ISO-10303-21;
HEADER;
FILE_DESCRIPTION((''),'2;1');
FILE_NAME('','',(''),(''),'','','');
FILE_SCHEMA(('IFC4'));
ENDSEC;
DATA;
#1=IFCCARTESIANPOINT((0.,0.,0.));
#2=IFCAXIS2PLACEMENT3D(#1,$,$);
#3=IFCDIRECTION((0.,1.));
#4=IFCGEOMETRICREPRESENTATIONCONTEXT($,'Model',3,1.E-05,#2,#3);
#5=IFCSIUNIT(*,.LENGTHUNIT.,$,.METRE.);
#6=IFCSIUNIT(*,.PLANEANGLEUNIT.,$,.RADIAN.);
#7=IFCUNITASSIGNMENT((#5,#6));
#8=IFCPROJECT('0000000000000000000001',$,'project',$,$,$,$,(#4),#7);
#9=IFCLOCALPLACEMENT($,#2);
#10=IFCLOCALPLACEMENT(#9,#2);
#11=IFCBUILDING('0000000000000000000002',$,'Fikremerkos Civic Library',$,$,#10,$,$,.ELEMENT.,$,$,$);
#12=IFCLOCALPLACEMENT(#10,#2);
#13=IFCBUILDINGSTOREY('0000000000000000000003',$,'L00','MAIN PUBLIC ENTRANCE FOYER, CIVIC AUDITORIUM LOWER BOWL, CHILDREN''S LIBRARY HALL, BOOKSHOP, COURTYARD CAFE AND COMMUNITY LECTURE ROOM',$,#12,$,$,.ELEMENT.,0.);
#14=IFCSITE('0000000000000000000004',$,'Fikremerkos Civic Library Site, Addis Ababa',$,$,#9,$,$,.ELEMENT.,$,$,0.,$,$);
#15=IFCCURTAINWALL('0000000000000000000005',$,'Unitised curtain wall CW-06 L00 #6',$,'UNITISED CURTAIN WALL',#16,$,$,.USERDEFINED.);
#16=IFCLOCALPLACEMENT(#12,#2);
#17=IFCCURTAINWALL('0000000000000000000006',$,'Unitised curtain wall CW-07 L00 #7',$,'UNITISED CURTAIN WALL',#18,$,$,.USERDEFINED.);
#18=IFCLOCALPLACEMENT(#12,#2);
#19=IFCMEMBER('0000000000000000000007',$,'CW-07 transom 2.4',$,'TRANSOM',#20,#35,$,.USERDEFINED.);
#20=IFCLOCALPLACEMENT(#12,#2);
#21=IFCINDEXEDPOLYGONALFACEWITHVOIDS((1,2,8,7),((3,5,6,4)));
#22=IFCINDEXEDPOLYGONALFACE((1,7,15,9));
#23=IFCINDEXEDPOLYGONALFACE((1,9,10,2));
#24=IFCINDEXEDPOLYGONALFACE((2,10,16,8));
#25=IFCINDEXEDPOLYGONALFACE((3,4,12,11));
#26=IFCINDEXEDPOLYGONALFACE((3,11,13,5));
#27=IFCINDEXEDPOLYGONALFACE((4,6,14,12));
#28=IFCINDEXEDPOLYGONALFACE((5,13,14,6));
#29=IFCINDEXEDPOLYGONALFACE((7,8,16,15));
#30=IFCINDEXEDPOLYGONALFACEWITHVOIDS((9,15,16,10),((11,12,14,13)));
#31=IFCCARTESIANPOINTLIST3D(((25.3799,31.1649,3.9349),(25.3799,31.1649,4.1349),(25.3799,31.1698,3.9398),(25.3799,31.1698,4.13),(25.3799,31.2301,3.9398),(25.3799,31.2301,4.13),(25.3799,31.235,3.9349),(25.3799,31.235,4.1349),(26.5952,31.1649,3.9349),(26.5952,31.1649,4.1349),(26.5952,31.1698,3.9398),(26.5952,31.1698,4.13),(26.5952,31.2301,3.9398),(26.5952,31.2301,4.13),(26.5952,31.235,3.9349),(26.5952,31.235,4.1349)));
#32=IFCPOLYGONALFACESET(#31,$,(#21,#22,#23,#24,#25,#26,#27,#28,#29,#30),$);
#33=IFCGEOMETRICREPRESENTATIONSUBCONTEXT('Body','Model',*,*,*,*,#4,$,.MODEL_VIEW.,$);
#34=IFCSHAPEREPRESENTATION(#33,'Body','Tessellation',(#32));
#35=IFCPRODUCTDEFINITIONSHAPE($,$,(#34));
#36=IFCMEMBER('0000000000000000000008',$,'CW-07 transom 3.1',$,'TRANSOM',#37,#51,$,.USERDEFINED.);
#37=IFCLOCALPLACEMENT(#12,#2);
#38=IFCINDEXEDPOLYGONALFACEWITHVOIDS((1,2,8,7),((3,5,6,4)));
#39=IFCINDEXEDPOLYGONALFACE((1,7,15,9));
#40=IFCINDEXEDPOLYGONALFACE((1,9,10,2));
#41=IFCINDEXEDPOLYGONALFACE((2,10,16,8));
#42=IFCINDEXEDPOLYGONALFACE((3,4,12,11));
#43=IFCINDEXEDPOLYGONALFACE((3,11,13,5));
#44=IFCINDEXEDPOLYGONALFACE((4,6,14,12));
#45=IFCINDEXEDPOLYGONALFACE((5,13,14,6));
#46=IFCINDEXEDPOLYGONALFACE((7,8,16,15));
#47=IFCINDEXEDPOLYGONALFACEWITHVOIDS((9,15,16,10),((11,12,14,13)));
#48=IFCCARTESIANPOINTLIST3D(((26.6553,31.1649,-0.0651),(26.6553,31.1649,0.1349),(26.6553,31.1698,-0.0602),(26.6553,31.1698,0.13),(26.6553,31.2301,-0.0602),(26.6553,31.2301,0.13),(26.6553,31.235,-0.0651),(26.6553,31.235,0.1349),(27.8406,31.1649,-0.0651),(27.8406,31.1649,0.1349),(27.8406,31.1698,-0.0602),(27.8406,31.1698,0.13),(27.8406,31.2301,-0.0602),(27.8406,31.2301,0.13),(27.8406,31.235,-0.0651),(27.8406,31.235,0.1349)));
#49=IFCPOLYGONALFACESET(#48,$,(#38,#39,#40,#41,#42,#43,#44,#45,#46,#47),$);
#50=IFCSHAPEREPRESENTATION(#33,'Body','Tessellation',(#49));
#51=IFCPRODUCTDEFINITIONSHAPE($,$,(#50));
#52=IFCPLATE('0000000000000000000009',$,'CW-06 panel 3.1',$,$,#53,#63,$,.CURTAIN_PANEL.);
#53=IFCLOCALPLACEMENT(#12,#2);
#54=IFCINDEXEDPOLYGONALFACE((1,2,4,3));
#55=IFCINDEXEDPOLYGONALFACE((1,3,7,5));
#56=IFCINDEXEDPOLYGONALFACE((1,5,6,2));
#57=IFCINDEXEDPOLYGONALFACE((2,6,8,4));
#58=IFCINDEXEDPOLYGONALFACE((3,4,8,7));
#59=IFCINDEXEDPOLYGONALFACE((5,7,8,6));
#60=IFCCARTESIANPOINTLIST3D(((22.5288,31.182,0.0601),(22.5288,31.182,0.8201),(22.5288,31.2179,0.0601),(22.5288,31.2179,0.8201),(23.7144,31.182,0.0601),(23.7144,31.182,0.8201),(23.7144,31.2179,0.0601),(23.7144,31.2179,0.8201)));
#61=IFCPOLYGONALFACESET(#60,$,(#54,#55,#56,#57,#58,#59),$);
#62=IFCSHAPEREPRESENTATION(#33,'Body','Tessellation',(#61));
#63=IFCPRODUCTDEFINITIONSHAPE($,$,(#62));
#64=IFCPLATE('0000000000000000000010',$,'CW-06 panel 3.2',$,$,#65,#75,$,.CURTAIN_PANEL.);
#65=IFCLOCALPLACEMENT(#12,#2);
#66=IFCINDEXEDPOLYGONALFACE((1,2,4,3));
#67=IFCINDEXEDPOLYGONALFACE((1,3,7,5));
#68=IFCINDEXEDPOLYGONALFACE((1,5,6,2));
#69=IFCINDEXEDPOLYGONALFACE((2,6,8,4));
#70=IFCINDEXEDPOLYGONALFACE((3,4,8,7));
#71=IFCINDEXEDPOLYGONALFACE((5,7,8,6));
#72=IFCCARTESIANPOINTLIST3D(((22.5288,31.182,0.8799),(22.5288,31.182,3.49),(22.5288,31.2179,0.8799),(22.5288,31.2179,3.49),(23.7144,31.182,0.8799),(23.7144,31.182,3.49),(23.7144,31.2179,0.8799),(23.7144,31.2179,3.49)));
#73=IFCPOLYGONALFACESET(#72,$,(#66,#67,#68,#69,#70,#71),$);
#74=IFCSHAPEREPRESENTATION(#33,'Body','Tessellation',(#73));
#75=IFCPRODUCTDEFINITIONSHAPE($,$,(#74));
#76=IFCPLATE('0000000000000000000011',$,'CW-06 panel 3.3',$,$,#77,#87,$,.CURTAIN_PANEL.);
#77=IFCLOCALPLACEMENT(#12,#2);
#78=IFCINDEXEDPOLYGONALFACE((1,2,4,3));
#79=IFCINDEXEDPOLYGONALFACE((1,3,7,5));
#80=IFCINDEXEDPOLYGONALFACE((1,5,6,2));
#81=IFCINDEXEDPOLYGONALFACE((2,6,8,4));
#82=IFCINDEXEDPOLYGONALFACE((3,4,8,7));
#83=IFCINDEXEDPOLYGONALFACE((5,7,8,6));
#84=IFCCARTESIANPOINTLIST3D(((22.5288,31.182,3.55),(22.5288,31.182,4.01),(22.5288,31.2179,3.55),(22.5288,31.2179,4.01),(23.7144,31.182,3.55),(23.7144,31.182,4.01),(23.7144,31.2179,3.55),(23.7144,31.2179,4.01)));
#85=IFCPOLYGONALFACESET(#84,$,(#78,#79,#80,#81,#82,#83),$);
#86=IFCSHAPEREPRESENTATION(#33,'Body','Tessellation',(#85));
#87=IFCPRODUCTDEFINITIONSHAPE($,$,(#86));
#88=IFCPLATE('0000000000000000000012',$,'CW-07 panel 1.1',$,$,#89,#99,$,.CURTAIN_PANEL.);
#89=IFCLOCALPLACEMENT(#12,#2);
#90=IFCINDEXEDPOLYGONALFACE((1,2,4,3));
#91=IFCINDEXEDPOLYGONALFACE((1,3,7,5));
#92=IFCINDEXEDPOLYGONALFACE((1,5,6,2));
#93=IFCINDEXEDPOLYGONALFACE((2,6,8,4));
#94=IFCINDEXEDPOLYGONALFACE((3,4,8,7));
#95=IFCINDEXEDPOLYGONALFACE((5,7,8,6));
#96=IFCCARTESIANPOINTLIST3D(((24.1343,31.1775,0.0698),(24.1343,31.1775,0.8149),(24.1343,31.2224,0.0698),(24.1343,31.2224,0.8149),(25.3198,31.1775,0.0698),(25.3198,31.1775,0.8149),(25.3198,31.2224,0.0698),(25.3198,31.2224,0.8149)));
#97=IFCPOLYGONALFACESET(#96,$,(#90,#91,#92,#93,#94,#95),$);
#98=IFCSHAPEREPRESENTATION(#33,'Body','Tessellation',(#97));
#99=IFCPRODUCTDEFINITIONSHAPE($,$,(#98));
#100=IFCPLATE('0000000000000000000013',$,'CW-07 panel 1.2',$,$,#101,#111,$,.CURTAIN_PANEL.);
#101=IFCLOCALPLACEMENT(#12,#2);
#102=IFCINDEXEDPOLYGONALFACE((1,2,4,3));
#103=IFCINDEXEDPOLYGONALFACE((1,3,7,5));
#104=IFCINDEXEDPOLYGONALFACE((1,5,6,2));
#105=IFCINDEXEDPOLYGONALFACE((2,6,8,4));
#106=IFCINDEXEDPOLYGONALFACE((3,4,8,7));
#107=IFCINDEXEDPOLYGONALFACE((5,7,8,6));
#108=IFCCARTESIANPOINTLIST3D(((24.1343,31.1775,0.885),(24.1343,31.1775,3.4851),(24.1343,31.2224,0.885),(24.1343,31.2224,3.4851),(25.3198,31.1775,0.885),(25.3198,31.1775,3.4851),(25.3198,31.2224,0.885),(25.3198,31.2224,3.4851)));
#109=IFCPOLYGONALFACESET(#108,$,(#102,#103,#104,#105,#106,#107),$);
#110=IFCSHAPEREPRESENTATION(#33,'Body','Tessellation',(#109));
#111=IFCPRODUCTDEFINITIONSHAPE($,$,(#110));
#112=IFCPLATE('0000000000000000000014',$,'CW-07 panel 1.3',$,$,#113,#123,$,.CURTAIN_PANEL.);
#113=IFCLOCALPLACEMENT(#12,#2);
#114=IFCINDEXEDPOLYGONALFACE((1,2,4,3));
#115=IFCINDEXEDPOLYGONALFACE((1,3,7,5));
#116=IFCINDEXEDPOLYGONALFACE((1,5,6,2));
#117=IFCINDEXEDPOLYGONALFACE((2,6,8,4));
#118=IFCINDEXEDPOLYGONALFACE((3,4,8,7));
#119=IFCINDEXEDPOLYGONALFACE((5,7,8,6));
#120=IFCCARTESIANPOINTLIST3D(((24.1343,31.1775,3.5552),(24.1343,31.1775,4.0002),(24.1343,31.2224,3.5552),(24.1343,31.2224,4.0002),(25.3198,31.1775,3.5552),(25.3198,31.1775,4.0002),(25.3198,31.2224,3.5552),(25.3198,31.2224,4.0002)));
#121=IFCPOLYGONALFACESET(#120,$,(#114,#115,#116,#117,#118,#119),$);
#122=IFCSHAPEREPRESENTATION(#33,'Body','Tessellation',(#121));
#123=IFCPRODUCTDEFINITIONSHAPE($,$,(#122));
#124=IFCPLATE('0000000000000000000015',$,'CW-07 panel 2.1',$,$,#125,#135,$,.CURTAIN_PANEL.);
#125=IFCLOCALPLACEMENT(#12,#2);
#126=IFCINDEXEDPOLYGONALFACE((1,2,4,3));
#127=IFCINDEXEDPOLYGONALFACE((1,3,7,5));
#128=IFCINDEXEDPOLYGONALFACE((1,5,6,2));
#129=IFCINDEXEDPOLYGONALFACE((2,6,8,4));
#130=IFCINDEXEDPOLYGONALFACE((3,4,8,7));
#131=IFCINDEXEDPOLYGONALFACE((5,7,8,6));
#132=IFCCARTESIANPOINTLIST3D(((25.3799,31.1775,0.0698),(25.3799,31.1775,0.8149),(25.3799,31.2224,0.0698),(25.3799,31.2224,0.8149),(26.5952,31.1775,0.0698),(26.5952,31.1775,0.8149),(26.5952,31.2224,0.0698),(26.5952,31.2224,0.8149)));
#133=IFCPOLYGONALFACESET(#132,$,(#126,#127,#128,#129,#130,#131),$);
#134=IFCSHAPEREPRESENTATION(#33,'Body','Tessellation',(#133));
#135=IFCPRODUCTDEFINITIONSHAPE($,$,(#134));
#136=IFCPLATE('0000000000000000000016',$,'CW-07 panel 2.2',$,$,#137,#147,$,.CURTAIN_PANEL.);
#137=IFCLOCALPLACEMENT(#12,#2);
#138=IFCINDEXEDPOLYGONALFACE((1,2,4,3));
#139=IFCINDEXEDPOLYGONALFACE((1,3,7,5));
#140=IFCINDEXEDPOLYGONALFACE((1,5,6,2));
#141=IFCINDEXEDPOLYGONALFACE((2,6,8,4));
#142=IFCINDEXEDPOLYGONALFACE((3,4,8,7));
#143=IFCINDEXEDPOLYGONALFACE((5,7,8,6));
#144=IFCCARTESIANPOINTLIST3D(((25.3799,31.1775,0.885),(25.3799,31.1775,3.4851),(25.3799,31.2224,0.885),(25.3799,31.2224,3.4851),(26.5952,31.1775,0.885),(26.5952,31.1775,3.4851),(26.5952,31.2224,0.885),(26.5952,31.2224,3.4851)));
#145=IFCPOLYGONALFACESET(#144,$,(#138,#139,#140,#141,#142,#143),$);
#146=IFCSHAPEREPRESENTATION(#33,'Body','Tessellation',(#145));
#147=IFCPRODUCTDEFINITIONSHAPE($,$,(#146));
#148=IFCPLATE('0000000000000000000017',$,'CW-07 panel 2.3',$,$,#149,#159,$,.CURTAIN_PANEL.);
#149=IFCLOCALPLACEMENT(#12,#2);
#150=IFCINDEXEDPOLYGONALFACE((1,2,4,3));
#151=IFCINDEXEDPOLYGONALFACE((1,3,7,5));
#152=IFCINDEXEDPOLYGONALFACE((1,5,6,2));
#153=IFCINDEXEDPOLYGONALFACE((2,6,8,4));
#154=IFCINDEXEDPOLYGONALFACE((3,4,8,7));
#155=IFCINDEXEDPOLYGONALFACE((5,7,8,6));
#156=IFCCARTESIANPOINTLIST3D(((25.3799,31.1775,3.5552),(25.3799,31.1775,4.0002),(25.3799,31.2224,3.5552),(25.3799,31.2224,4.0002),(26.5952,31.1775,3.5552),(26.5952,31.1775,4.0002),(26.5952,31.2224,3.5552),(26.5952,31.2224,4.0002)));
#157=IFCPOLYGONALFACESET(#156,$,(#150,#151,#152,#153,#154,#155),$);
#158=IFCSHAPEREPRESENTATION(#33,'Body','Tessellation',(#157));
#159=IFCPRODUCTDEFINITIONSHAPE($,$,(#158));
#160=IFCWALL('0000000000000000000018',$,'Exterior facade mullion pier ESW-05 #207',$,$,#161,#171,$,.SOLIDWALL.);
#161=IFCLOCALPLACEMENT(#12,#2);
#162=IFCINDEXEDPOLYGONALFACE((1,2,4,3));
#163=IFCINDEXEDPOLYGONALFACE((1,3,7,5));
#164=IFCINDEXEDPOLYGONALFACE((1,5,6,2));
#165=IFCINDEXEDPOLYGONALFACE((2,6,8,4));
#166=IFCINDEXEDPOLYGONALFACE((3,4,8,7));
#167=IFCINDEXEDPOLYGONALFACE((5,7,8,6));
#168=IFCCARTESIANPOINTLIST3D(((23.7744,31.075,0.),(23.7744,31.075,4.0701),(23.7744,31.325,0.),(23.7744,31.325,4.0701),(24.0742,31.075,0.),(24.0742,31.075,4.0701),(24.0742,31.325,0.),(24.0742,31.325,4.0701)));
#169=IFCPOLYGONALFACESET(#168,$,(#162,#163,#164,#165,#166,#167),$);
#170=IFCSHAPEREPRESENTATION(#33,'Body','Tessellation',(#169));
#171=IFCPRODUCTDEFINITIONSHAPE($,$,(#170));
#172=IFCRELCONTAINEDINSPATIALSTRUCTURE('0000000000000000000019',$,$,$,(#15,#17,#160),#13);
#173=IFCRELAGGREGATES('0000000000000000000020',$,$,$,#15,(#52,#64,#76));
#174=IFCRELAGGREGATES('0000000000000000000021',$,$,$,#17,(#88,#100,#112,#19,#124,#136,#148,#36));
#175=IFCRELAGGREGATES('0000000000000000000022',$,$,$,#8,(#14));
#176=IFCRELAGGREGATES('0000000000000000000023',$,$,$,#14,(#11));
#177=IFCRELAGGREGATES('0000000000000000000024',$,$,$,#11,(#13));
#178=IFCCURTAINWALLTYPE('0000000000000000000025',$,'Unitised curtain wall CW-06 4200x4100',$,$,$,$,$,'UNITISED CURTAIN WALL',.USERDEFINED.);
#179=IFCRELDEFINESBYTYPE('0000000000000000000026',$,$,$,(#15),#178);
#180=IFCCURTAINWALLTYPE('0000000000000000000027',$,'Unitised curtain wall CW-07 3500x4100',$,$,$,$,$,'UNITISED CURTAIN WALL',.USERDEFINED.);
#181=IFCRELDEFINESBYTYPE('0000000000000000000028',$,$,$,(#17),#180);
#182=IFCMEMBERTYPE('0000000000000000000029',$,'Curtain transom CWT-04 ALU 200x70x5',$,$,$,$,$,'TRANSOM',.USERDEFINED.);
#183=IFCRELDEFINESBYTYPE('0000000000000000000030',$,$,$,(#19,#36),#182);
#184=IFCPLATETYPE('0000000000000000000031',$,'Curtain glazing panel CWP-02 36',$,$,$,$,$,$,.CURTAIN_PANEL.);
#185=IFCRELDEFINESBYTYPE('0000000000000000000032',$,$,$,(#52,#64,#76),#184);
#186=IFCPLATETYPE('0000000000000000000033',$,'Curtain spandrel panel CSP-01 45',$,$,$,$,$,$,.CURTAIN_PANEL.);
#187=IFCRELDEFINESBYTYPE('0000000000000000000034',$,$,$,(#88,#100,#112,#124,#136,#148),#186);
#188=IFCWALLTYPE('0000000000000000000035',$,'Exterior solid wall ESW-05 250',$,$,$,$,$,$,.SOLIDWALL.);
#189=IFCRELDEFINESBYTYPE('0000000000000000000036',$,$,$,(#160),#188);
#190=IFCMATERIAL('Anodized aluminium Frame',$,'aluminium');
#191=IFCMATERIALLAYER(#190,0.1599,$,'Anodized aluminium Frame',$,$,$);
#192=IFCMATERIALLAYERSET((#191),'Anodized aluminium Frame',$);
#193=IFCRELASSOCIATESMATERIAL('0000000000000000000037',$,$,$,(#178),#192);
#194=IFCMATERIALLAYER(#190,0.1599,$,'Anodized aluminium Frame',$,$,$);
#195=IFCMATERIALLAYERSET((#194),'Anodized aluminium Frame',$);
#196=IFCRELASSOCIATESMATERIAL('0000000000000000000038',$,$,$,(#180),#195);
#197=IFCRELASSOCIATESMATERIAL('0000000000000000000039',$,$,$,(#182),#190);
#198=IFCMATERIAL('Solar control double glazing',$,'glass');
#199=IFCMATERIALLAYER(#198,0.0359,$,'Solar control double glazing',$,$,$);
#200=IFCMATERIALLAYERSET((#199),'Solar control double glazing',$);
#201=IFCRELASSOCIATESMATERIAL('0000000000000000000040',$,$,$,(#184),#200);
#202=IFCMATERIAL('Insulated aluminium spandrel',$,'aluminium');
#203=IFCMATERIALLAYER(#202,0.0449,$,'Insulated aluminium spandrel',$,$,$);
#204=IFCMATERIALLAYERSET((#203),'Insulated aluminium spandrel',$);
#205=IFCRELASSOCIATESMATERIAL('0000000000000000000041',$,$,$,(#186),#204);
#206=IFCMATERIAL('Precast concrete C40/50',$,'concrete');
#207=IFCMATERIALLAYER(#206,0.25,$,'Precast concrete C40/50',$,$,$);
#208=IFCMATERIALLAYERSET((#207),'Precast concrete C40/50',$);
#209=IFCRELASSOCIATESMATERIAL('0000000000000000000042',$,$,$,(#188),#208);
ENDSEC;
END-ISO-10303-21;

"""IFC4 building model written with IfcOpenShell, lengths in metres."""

from ifc_helpers import new_model, si_unit, direction, frame, frame_2d, origin, origin_2d, place, context, subcontext, project, spatial, rectangle, hollow_rectangle, extrude, material, layer, layer_set, material_profile, profile_set, type_object, element, aggregate, save


model = new_model("IFC4")

# Units and contexts
model_context = context("Model", 3, precision=1e-05, world=origin(), true_north=direction((0.0, 1.0)))
body_context = subcontext(model_context, "Body", "Model", "MODEL_VIEW")
ifc_project = project(units=[si_unit("LENGTHUNIT", "METRE"), si_unit("PLANEANGLEUNIT", "RADIAN")], contexts=[model_context])

# Site, building, storey
site_placement = place(None, origin())
site = spatial("IfcSite", under=ifc_project, at=site_placement, Name="Fikremerkos Civic Library Site, Addis Ababa", CompositionType="ELEMENT", RefElevation=0.0)
building_placement = place(site_placement, origin())
building = spatial("IfcBuilding", under=site, at=building_placement, Name="Fikremerkos Civic Library", CompositionType="ELEMENT")
storey_placement = place(building_placement, origin())
storey = spatial("IfcBuildingStorey", under=building, at=storey_placement, Name="L00", Description="MAIN PUBLIC ENTRANCE FOYER, CIVIC AUDITORIUM LOWER BOWL, CHILDREN'S LIBRARY HALL, BOOKSHOP, COURTYARD CAFE AND COMMUNITY LECTURE ROOM", CompositionType="ELEMENT", Elevation=0.0)

# Curtain wall
ifc_material_1 = material(Name="Anodized aluminium Frame", Category="aluminium")
ifc_layer_1 = layer(ifc_material_1, 0.1599, Name="Anodized aluminium Frame")
ifc_layer_set_1 = layer_set([ifc_layer_1], Name="Anodized aluminium Frame")
curtain_wall_type_1 = type_object("IfcCurtainWallType", Name="Unitised curtain wall CW-06 4200x4100", ElementType="UNITISED CURTAIN WALL", PredefinedType="USERDEFINED", material=ifc_layer_set_1)
curtain_wall_1_placement = place(storey_placement, origin())
curtain_wall_1 = element("IfcCurtainWall", 1, at=curtain_wall_1_placement, inside=storey, type_object=curtain_wall_type_1, Name="Unitised curtain wall CW-06 L00 #6", ObjectType="UNITISED CURTAIN WALL", PredefinedType="USERDEFINED")

# Curtain wall, members
ifc_layer_2 = layer(ifc_material_1, 0.1599, Name="Anodized aluminium Frame")
ifc_layer_set_2 = layer_set([ifc_layer_2], Name="Anodized aluminium Frame")
curtain_wall_type_2 = type_object("IfcCurtainWallType", Name="Unitised curtain wall CW-07 3500x4100", ElementType="UNITISED CURTAIN WALL", PredefinedType="USERDEFINED", material=ifc_layer_set_2)
curtain_wall_2_placement = place(storey_placement, origin())
curtain_wall_2 = element("IfcCurtainWall", 2, at=curtain_wall_2_placement, inside=storey, type_object=curtain_wall_type_2, Name="Unitised curtain wall CW-07 L00 #7", ObjectType="UNITISED CURTAIN WALL", PredefinedType="USERDEFINED")
ifc_material_profile_1 = material_profile(ifc_material_1, hollow_rectangle(XDim=0.0701, YDim=0.2, WallThickness=0.0049, at=origin_2d()), Name="ALU 200x70x5")
ifc_profile_set_1 = profile_set([ifc_material_profile_1], Name="Anodized aluminium Frame")
member_type_1 = type_object("IfcMemberType", Name="Curtain transom CWT-04 ALU 200x70x5", ElementType="TRANSOM", PredefinedType="USERDEFINED", material=ifc_profile_set_1)
member_1_placement = place(storey_placement, frame((25.3799, 31.2, 4.0349), z_axis=(1.0, 0.0, 0.0), x_axis=(0.0, 1.0, 0.0)))
member_1 = element("IfcMember", 3, at=member_1_placement, type_object=member_type_1, Name="CW-07 transom 2.4", ObjectType="TRANSOM", PredefinedType="USERDEFINED", context=body_context, shape_type="SweptSolid", body=[
    extrude(hollow_rectangle(XDim=0.0701, YDim=0.2, WallThickness=0.0049, at=origin_2d()), origin(), (0.0, 0.0, 1.0), 1.2153),
])
member_2_placement = place(storey_placement, frame((26.6553, 31.2, 0.0349), z_axis=(1.0, 0.0, 0.0), x_axis=(0.0, 1.0, 0.0)))
member_2 = element("IfcMember", 4, at=member_2_placement, type_object=member_type_1, Name="CW-07 transom 3.1", ObjectType="TRANSOM", PredefinedType="USERDEFINED", context=body_context, shape_type="SweptSolid", body=[
    extrude(hollow_rectangle(XDim=0.0701, YDim=0.2, WallThickness=0.0049, at=origin_2d()), origin(), (0.0, 0.0, 1.0), 1.1853),
])

# Plates
ifc_material_2 = material(Name="Solar control double glazing", Category="glass")
ifc_layer_3 = layer(ifc_material_2, 0.0359, Name="Solar control double glazing")
ifc_layer_set_3 = layer_set([ifc_layer_3], Name="Solar control double glazing")
plate_type_1 = type_object("IfcPlateType", Name="Curtain glazing panel CWP-02 36", PredefinedType="CURTAIN_PANEL", material=ifc_layer_set_3)
plate_1_placement = place(storey_placement, frame((23.1216, 31.2, 0.0601), z_axis=(0.0, 0.0, 1.0), x_axis=(1.0, 0.0, 0.0)))
plate_1 = element("IfcPlate", 5, at=plate_1_placement, type_object=plate_type_1, Name="CW-06 panel 3.1", PredefinedType="CURTAIN_PANEL", context=body_context, shape_type="SweptSolid", body=[
    extrude(rectangle(XDim=1.1855, YDim=0.0359, at=origin_2d()), origin(), (0.0, 0.0, 1.0), 0.76),
])
plate_2_placement = place(storey_placement, frame((23.1216, 31.2, 0.8799), z_axis=(0.0, 0.0, 1.0), x_axis=(1.0, 0.0, 0.0)))
plate_2 = element("IfcPlate", 6, at=plate_2_placement, type_object=plate_type_1, Name="CW-06 panel 3.2", PredefinedType="CURTAIN_PANEL", context=body_context, shape_type="SweptSolid", body=[
    extrude(rectangle(XDim=1.1855, YDim=0.0359, at=origin_2d()), origin(), (0.0, 0.0, 1.0), 2.6101),
])
plate_3_placement = place(storey_placement, frame((23.1216, 31.2, 3.55), z_axis=(0.0, 0.0, 1.0), x_axis=(1.0, 0.0, 0.0)))
plate_3 = element("IfcPlate", 7, at=plate_3_placement, type_object=plate_type_1, Name="CW-06 panel 3.3", PredefinedType="CURTAIN_PANEL", context=body_context, shape_type="SweptSolid", body=[
    extrude(rectangle(XDim=1.1855, YDim=0.0359, at=origin_2d()), origin(), (0.0, 0.0, 1.0), 0.46),
])
aggregate(curtain_wall_1, [plate_1, plate_2, plate_3])
ifc_material_3 = material(Name="Insulated aluminium spandrel", Category="aluminium")
ifc_layer_4 = layer(ifc_material_3, 0.0449, Name="Insulated aluminium spandrel")
ifc_layer_set_4 = layer_set([ifc_layer_4], Name="Insulated aluminium spandrel")
plate_type_2 = type_object("IfcPlateType", Name="Curtain spandrel panel CSP-01 45", PredefinedType="CURTAIN_PANEL", material=ifc_layer_set_4)
plate_4_placement = place(storey_placement, frame((24.7271, 31.2, 0.0698), z_axis=(0.0, 0.0, 1.0), x_axis=(1.0, 0.0, 0.0)))
plate_4 = element("IfcPlate", 8, at=plate_4_placement, type_object=plate_type_2, Name="CW-07 panel 1.1", PredefinedType="CURTAIN_PANEL", context=body_context, shape_type="SweptSolid", body=[
    extrude(rectangle(XDim=1.1855, YDim=0.0449, at=origin_2d()), origin(), (0.0, 0.0, 1.0), 0.7451),
])
plate_5_placement = place(storey_placement, frame((24.7271, 31.2, 0.885), z_axis=(0.0, 0.0, 1.0), x_axis=(1.0, 0.0, 0.0)))
plate_5 = element("IfcPlate", 9, at=plate_5_placement, type_object=plate_type_2, Name="CW-07 panel 1.2", PredefinedType="CURTAIN_PANEL", context=body_context, shape_type="SweptSolid", body=[
    extrude(rectangle(XDim=1.1855, YDim=0.0449, at=origin_2d()), origin(), (0.0, 0.0, 1.0), 2.6001),
])
plate_6_placement = place(storey_placement, frame((24.7271, 31.2, 3.5552), z_axis=(0.0, 0.0, 1.0), x_axis=(1.0, 0.0, 0.0)))
plate_6 = element("IfcPlate", 10, at=plate_6_placement, type_object=plate_type_2, Name="CW-07 panel 1.3", PredefinedType="CURTAIN_PANEL", context=body_context, shape_type="SweptSolid", body=[
    extrude(rectangle(XDim=1.1855, YDim=0.0449, at=origin_2d()), origin(), (0.0, 0.0, 1.0), 0.4451),
])
plate_7_placement = place(storey_placement, frame((25.9875, 31.2, 0.0698), z_axis=(0.0, 0.0, 1.0), x_axis=(1.0, 0.0, 0.0)))
plate_7 = element("IfcPlate", 11, at=plate_7_placement, type_object=plate_type_2, Name="CW-07 panel 2.1", PredefinedType="CURTAIN_PANEL", context=body_context, shape_type="SweptSolid", body=[
    extrude(rectangle(XDim=1.2153, YDim=0.0449, at=origin_2d()), origin(), (0.0, 0.0, 1.0), 0.7451),
])
plate_8_placement = place(storey_placement, frame((25.9875, 31.2, 0.885), z_axis=(0.0, 0.0, 1.0), x_axis=(1.0, 0.0, 0.0)))
plate_8 = element("IfcPlate", 12, at=plate_8_placement, type_object=plate_type_2, Name="CW-07 panel 2.2", PredefinedType="CURTAIN_PANEL", context=body_context, shape_type="SweptSolid", body=[
    extrude(rectangle(XDim=1.2153, YDim=0.0449, at=origin_2d()), origin(), (0.0, 0.0, 1.0), 2.6001),
])
plate_9_placement = place(storey_placement, frame((25.9875, 31.2, 3.5552), z_axis=(0.0, 0.0, 1.0), x_axis=(1.0, 0.0, 0.0)))
plate_9 = element("IfcPlate", 13, at=plate_9_placement, type_object=plate_type_2, Name="CW-07 panel 2.3", PredefinedType="CURTAIN_PANEL", context=body_context, shape_type="SweptSolid", body=[
    extrude(rectangle(XDim=1.2153, YDim=0.0449, at=origin_2d()), origin(), (0.0, 0.0, 1.0), 0.4451),
])
aggregate(curtain_wall_2, [plate_4, plate_5, plate_6, member_1, plate_7, plate_8, plate_9, member_2])

# Wall
ifc_material_4 = material(Name="Precast concrete C40/50", Category="concrete")
ifc_layer_5 = layer(ifc_material_4, 0.25, Name="Precast concrete C40/50")
ifc_layer_set_5 = layer_set([ifc_layer_5], Name="Precast concrete C40/50")
wall_type = type_object("IfcWallType", Name="Exterior solid wall ESW-05 250", PredefinedType="SOLIDWALL", material=ifc_layer_set_5)
wall_placement = place(storey_placement, frame((23.7744, 31.2, 0.0), z_axis=(0.0, 0.0, 1.0), x_axis=(1.0, 0.0, 0.0)))
element("IfcWall", 14, at=wall_placement, inside=storey, type_object=wall_type, Name="Exterior facade mullion pier ESW-05 #207", PredefinedType="SOLIDWALL", context=body_context, shape_type="SweptSolid", body=[
    extrude(rectangle(XDim=0.2998, YDim=0.25, at=frame_2d((0.1499, 0.0))), origin(), (0.0, 0.0, 1.0), 4.0701),
])

save(model, "model.ifc")
